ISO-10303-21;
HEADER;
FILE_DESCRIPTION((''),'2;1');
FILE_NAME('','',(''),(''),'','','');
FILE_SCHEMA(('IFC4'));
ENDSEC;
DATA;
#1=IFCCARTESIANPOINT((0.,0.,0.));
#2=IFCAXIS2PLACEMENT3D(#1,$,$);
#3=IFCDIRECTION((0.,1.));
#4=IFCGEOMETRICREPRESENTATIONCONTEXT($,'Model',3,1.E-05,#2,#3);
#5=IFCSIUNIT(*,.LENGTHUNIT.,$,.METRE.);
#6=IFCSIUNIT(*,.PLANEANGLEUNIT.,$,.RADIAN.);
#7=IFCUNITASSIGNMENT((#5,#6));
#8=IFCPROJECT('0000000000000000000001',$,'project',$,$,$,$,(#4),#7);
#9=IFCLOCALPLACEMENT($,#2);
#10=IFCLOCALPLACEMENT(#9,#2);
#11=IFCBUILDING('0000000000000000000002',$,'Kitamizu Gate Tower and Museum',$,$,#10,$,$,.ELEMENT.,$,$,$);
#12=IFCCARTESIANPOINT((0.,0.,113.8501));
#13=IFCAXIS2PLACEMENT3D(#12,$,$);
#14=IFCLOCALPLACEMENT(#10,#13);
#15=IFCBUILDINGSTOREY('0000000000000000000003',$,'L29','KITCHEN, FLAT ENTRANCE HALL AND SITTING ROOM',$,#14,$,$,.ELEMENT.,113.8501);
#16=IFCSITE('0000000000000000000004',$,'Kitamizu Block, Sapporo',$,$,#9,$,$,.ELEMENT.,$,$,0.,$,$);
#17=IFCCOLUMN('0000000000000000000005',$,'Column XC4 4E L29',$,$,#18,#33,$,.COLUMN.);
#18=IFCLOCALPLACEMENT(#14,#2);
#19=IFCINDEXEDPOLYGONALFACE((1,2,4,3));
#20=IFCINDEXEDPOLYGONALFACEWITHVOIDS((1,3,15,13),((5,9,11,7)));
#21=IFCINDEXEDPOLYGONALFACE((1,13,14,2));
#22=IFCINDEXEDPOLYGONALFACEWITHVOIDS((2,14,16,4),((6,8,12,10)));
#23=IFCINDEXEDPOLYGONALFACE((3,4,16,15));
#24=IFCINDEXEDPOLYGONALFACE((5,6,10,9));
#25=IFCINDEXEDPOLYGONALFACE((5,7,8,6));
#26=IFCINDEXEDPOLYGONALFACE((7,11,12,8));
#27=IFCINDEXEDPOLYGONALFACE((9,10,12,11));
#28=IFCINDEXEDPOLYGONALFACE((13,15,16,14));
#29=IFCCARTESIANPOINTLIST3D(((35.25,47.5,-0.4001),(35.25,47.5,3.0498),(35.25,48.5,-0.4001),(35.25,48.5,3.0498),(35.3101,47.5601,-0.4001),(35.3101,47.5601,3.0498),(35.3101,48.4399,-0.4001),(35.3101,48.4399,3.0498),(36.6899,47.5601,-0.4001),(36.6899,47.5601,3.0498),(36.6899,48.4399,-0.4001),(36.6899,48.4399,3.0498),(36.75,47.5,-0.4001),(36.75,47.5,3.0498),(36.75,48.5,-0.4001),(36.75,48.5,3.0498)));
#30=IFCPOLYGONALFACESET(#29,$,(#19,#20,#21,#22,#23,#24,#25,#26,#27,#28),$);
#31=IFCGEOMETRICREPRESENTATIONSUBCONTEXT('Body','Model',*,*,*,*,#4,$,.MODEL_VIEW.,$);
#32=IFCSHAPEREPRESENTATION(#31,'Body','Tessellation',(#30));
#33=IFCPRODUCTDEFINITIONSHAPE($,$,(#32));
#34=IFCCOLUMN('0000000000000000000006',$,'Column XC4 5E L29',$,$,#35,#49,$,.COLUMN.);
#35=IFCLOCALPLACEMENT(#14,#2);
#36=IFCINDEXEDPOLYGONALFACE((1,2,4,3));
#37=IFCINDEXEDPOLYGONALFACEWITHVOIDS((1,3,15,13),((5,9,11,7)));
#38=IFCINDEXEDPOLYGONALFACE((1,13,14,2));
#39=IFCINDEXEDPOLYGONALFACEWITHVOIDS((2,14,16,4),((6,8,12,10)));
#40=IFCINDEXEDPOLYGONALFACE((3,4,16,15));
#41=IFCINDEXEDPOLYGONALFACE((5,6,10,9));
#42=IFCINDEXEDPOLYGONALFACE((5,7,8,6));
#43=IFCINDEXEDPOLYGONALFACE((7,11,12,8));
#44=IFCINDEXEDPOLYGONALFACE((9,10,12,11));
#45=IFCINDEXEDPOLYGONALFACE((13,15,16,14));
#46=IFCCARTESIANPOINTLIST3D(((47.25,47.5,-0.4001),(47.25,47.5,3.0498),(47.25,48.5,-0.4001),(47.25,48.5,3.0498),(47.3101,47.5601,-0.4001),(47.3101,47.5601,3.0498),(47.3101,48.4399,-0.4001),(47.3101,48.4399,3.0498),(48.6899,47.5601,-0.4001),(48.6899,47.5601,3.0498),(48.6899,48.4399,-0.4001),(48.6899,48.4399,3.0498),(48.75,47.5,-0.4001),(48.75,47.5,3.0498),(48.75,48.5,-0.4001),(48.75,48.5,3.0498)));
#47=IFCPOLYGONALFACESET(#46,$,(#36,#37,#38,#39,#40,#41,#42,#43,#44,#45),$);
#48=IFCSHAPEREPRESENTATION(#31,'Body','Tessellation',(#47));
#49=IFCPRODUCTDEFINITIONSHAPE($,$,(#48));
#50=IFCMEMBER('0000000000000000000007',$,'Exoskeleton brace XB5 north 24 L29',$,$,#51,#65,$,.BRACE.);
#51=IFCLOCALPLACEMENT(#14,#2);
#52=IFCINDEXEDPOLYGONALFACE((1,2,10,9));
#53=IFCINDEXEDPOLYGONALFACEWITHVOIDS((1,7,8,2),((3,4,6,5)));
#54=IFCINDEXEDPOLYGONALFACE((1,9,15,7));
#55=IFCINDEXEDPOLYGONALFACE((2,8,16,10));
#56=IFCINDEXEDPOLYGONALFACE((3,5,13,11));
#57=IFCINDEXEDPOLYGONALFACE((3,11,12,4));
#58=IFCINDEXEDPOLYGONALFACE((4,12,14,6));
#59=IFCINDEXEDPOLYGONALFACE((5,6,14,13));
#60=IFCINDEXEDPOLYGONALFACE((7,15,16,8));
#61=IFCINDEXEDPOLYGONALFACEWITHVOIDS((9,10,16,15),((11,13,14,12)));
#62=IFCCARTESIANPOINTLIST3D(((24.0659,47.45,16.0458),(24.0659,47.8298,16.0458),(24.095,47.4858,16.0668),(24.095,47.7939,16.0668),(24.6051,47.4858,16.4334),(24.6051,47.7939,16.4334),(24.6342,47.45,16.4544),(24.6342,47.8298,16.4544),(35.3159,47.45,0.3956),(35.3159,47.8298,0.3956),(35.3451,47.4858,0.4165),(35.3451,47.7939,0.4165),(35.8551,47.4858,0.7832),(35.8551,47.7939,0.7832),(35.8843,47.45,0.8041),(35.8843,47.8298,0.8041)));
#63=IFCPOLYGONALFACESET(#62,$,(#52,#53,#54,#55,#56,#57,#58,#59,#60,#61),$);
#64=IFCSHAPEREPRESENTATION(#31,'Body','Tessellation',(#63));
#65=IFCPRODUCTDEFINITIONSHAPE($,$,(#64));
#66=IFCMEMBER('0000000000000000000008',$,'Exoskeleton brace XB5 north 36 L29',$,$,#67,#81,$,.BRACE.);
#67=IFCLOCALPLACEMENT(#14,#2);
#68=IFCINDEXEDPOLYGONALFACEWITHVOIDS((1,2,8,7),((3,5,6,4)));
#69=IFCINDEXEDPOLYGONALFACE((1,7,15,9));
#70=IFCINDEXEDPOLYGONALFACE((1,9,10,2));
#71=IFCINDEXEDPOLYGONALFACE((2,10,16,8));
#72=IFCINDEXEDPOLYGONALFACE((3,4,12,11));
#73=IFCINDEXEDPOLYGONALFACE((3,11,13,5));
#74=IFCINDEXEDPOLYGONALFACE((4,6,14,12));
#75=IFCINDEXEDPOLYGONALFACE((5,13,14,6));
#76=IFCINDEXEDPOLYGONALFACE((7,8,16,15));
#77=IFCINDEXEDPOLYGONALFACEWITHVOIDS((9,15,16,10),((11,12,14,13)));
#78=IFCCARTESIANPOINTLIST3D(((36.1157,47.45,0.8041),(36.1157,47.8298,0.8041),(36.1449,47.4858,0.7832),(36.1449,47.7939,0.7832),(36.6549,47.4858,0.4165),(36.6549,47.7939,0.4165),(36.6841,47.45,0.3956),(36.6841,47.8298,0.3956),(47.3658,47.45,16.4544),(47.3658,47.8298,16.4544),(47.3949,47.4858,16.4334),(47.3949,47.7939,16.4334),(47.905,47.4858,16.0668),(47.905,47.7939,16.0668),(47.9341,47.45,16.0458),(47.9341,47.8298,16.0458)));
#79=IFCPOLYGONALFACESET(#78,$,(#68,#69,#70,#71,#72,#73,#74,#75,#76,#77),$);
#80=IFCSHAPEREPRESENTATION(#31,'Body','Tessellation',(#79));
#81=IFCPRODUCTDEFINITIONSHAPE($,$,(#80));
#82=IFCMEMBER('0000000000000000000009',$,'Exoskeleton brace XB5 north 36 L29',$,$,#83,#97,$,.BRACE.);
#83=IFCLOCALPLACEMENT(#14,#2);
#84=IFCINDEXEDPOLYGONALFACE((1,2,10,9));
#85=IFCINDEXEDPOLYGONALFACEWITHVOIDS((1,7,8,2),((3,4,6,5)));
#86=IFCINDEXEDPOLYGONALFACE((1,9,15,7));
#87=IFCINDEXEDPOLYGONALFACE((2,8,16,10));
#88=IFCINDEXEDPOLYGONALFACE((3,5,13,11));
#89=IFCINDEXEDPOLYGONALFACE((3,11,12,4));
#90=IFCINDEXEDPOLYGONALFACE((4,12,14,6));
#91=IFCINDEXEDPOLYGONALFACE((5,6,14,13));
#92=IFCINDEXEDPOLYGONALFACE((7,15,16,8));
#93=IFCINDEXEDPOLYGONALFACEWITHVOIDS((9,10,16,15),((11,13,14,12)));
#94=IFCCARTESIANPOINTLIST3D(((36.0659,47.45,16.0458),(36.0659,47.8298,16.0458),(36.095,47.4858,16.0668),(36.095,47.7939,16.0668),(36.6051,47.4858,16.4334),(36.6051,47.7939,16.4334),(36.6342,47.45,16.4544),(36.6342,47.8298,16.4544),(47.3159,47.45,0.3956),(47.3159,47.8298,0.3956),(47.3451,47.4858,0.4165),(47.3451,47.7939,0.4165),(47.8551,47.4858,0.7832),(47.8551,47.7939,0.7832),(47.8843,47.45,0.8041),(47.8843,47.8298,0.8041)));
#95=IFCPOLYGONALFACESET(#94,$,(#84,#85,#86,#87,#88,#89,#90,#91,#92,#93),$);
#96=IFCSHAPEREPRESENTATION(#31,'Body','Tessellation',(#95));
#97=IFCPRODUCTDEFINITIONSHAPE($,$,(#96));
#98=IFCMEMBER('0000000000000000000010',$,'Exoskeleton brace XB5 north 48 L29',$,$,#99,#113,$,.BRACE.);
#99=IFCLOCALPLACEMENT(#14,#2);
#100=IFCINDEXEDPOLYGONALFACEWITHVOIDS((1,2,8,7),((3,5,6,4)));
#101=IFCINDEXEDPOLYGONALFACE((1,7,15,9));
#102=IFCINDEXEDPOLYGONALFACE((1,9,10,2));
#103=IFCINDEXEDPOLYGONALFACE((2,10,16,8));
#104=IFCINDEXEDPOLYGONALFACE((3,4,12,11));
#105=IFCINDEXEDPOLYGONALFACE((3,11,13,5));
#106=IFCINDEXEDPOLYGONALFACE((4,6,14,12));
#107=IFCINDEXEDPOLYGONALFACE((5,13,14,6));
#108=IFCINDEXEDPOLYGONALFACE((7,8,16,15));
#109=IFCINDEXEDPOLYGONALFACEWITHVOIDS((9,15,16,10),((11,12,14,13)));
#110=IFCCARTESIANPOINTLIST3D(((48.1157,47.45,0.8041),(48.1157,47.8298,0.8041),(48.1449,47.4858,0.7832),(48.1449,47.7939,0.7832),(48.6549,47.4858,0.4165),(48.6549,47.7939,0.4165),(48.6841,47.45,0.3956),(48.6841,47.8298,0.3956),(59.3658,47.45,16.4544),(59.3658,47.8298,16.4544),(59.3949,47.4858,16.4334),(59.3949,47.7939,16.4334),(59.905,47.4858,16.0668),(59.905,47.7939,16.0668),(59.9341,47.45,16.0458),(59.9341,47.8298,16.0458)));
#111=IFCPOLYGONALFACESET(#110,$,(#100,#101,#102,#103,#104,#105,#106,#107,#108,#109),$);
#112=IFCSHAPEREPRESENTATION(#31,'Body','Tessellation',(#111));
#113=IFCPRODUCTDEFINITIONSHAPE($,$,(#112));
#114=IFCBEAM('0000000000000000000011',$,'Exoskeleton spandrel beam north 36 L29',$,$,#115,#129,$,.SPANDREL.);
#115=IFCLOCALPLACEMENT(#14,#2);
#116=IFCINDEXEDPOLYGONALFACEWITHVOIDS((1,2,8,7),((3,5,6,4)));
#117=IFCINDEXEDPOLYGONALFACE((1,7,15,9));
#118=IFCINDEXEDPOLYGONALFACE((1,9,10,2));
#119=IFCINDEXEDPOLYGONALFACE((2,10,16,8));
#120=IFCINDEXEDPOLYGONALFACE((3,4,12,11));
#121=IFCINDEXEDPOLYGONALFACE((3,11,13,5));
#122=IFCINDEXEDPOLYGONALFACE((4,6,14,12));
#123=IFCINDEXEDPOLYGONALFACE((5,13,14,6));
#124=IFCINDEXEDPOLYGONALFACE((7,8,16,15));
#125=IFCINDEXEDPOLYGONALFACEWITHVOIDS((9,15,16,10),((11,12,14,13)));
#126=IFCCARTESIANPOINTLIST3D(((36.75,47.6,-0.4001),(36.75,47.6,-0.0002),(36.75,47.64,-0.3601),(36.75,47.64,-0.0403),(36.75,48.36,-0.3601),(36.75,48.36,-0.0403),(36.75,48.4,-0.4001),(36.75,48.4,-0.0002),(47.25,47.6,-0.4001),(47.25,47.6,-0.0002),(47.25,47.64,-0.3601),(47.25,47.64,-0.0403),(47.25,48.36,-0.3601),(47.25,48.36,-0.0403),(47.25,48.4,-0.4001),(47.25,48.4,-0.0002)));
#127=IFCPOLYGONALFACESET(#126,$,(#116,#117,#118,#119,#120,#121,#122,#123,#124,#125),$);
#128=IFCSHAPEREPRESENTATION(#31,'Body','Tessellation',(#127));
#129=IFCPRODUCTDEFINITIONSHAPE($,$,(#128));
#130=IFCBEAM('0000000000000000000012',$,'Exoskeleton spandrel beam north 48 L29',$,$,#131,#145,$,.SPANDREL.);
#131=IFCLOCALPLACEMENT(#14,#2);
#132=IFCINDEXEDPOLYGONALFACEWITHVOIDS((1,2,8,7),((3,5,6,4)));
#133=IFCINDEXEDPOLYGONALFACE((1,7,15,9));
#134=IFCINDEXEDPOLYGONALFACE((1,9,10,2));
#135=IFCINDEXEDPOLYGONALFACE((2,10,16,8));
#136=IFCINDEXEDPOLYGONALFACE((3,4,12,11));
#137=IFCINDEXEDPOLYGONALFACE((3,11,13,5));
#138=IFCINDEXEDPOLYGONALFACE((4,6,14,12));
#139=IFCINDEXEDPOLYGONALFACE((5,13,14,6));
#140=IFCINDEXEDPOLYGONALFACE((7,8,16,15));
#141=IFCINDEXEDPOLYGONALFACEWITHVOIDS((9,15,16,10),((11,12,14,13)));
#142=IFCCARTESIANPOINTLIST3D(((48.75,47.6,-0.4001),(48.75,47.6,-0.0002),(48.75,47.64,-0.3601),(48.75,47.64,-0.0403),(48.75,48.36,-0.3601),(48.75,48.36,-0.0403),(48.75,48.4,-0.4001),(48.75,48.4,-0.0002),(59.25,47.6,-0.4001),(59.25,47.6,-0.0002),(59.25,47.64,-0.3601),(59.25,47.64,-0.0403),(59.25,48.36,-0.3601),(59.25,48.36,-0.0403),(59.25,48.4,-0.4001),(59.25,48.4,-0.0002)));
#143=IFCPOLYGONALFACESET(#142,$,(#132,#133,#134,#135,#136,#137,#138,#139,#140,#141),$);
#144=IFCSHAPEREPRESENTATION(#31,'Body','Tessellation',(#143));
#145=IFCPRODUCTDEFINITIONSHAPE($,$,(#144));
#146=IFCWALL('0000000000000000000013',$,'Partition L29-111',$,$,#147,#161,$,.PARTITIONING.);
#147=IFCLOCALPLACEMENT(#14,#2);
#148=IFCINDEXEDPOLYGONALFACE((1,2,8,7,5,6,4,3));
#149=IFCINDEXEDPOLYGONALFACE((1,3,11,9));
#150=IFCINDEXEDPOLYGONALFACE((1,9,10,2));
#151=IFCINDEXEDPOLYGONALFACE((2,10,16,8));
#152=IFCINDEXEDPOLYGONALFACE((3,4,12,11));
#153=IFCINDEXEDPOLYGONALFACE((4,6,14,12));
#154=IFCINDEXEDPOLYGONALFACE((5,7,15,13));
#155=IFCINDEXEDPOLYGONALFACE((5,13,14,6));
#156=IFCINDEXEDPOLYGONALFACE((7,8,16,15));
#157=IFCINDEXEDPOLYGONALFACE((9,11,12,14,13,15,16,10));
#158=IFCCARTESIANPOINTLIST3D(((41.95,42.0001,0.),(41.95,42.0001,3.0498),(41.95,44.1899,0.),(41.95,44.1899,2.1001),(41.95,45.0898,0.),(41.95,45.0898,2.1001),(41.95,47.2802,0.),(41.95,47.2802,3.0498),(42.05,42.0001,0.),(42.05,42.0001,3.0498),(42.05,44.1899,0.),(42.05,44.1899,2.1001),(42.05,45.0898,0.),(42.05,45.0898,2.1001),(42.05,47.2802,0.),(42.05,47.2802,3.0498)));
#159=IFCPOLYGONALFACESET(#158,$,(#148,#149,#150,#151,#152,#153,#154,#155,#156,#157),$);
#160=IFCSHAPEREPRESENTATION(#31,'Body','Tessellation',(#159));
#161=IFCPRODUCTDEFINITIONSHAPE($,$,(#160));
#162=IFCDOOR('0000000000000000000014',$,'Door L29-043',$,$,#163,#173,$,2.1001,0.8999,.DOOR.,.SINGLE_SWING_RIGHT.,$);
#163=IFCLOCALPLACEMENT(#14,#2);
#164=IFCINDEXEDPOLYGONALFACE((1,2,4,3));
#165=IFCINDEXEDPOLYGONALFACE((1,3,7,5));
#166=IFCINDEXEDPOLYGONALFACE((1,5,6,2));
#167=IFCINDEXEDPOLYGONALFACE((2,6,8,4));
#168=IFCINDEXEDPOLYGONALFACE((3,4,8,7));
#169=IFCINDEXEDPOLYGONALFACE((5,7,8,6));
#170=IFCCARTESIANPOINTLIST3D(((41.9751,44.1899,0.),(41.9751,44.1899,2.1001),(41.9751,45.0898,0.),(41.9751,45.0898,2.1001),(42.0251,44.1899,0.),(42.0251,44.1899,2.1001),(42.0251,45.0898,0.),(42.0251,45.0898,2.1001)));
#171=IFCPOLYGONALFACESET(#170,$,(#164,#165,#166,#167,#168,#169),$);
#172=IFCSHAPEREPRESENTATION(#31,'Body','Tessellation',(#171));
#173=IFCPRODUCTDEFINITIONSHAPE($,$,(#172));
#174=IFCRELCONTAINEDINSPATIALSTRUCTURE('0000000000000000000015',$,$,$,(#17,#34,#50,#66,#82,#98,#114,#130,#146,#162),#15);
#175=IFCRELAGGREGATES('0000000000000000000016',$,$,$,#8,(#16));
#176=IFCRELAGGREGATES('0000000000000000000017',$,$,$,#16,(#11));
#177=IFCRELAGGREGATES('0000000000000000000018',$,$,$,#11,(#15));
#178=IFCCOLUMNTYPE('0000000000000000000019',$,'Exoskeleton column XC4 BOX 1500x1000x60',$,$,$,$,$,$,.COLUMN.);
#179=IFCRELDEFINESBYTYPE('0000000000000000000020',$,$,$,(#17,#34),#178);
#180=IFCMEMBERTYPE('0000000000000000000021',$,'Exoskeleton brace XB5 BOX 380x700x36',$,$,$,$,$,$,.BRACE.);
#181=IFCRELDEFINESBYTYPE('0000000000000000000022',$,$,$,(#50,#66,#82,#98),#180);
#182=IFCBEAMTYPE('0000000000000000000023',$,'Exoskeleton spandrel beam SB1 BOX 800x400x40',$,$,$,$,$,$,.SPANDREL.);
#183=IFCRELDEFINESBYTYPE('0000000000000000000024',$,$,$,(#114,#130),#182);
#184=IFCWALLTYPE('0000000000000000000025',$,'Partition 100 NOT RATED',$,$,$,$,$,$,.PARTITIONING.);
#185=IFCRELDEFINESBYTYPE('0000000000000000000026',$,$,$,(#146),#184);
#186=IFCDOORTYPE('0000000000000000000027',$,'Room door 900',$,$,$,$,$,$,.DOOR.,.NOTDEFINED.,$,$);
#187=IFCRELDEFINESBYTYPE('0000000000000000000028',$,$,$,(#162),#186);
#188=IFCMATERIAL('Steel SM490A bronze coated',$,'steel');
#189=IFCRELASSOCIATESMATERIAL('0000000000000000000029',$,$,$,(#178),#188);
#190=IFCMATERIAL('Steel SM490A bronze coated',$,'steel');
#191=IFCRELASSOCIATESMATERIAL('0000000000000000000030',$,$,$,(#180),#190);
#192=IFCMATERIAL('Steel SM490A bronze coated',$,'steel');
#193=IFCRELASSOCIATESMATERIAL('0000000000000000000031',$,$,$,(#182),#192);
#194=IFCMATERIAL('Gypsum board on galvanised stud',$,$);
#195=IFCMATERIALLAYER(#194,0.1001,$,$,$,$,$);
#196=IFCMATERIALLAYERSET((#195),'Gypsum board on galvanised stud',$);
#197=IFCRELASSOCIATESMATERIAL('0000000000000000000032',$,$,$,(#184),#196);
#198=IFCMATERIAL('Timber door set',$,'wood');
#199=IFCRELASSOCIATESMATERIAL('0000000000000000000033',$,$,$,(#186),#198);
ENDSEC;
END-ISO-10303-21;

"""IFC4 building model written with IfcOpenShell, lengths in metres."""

from ifc_helpers import new_model, si_unit, direction, frame, frame_2d, origin, origin_2d, place, context, subcontext, project, spatial, rectangle, hollow_rectangle, extrude, material, layer, layer_set, material_profile, profile_set, type_object, element, fill, save


model = new_model("IFC4")

# Units and contexts
model_context = context("Model", 3, precision=1e-05, world=origin(), true_north=direction((0.0, 1.0)))
body_context = subcontext(model_context, "Body", "Model", "MODEL_VIEW")
ifc_project = project(units=[si_unit("LENGTHUNIT", "METRE"), si_unit("PLANEANGLEUNIT", "RADIAN")], contexts=[model_context])

# Site, building, storey
site_placement = place(None, origin())
site = spatial("IfcSite", under=ifc_project, at=site_placement, Name="Kitamizu Block, Sapporo", CompositionType="ELEMENT", RefElevation=0.0)
building_placement = place(site_placement, origin())
building = spatial("IfcBuilding", under=site, at=building_placement, Name="Kitamizu Gate Tower and Museum", CompositionType="ELEMENT")
storey_placement = place(building_placement, frame((0.0, 0.0, 113.8501)))
storey = spatial("IfcBuildingStorey", under=building, at=storey_placement, Name="L29", Description="KITCHEN, FLAT ENTRANCE HALL AND SITTING ROOM", CompositionType="ELEMENT", Elevation=113.8501)

# Columns
ifc_material_1 = material(Name="Steel SM490A bronze coated", Category="steel")
ifc_material_profile_1 = material_profile(ifc_material_1, hollow_rectangle(XDim=1.5, YDim=1.0, WallThickness=0.0601, at=origin_2d()), Name="BOX 1500x1000x60")
ifc_profile_set_1 = profile_set([ifc_material_profile_1], Name="Steel SM490A bronze coated")
column_type = type_object("IfcColumnType", Name="Exoskeleton column XC4 BOX 1500x1000x60", PredefinedType="COLUMN", material=ifc_profile_set_1)
for number, where, z_axis, x_axis, name in (
    (1, (36.0, 48.0, -0.4001), (0.0, 0.0, 1.0), (1.0, 0.0, 0.0), "Column XC4 4E L29"),
    (2, (48.0, 48.0, -0.4001), (0.0, 0.0, 1.0), (1.0, 0.0, 0.0), "Column XC4 5E L29"),
):
    element("IfcColumn", number, at=place(storey_placement, frame(where, z_axis=z_axis, x_axis=x_axis)), inside=storey, type_object=column_type, Name=name, PredefinedType="COLUMN", context=body_context, shape_type="SweptSolid", body=[
        extrude(hollow_rectangle(XDim=1.5, YDim=1.0, WallThickness=0.0601, at=origin_2d()), origin(), (0.0, 0.0, 1.0), 3.45),
    ])

# Members
ifc_material_2 = material(Name="Steel SM490A bronze coated", Category="steel")
ifc_material_profile_2 = material_profile(ifc_material_2, hollow_rectangle(XDim=0.3799, YDim=0.7, WallThickness=0.0359, at=origin_2d()), Name="BOX 380x700x36")
ifc_profile_set_2 = profile_set([ifc_material_profile_2], Name="Steel SM490A bronze coated")
member_type = type_object("IfcMemberType", Name="Exoskeleton brace XB5 BOX 380x700x36", PredefinedType="BRACE", material=ifc_profile_set_2)
for number, where, z_axis, x_axis, name in (
    (3, (35.6001, 47.6399, 0.5999), (-0.583686, 0.0, 0.81198), (0.0, -1.0, 0.0), "Exoskeleton brace XB5 north 24 L29"),
    (4, (36.3999, 47.6399, 0.5999), (0.583686, 0.0, 0.81198), (0.0, 1.0, 0.0), "Exoskeleton brace XB5 north 36 L29"),
    (5, (47.6001, 47.6399, 0.5999), (-0.583686, 0.0, 0.81198), (0.0, -1.0, 0.0), "Exoskeleton brace XB5 north 36 L29"),
    (6, (48.3999, 47.6399, 0.5999), (0.583686, 0.0, 0.81198), (0.0, 1.0, 0.0), "Exoskeleton brace XB5 north 48 L29"),
):
    element("IfcMember", number, at=place(storey_placement, frame(where, z_axis=z_axis, x_axis=x_axis)), inside=storey, type_object=member_type, Name=name, PredefinedType="BRACE", context=body_context, shape_type="SweptSolid", body=[
        extrude(hollow_rectangle(XDim=0.3799, YDim=0.7, WallThickness=0.0359, at=origin_2d()), origin(), (0.0, 0.0, 1.0), 19.2742),
    ])

# Beams
ifc_material_3 = material(Name="Steel SM490A bronze coated", Category="steel")
ifc_material_profile_3 = material_profile(ifc_material_3, hollow_rectangle(XDim=0.8, YDim=0.3999, WallThickness=0.04, at=origin_2d()), Name="BOX 800x400x40")
ifc_profile_set_3 = profile_set([ifc_material_profile_3], Name="Steel SM490A bronze coated")
beam_type = type_object("IfcBeamType", Name="Exoskeleton spandrel beam SB1 BOX 800x400x40", PredefinedType="SPANDREL", material=ifc_profile_set_3)
for number, where, z_axis, x_axis, name in (
    (7, (36.75, 48.0, -0.2002), (1.0, 0.0, 0.0), (0.0, 1.0, 0.0), "Exoskeleton spandrel beam north 36 L29"),
    (8, (48.75, 48.0, -0.2002), (1.0, 0.0, 0.0), (0.0, 1.0, 0.0), "Exoskeleton spandrel beam north 48 L29"),
):
    element("IfcBeam", number, at=place(storey_placement, frame(where, z_axis=z_axis, x_axis=x_axis)), inside=storey, type_object=beam_type, Name=name, PredefinedType="SPANDREL", context=body_context, shape_type="SweptSolid", body=[
        extrude(hollow_rectangle(XDim=0.8, YDim=0.3999, WallThickness=0.04, at=origin_2d()), origin(), (0.0, 0.0, 1.0), 10.5),
    ])

# Wall, opening, door
ifc_material_4 = material(Name="Gypsum board on galvanised stud")
ifc_layer_1 = layer(ifc_material_4, 0.1001)
ifc_layer_set_1 = layer_set([ifc_layer_1], Name="Gypsum board on galvanised stud")
wall_type_1 = type_object("IfcWallType", Name="Partition 100 NOT RATED", PredefinedType="PARTITIONING", material=ifc_layer_set_1)
wall_1_placement = place(storey_placement, frame((42.0, 42.0, 0.0), z_axis=(0.0, 0.0, 1.0), x_axis=(0.0, 1.0, 0.0)))
wall_1 = element("IfcWall", 9, at=wall_1_placement, inside=storey, type_object=wall_type_1, Name="Partition L29-111", PredefinedType="PARTITIONING", context=body_context, shape_type="SweptSolid", body=[
    extrude(rectangle(XDim=5.28, YDim=0.1001, at=frame_2d((2.6401, 0.0))), origin(), (0.0, 0.0, 1.0), 3.0498),
])
opening_1_placement = place(wall_1_placement, frame((2.1899, 0.0, 0.0)))
opening_1 = element("IfcOpeningElement", 10, at=opening_1_placement, cuts=wall_1, PredefinedType="OPENING", context=body_context, shape_type="SweptSolid", body=[
    extrude(rectangle(XDim=0.8999, YDim=2.1001, at=frame_2d((0.45, 1.05))), frame((0.0, 0.0601, 0.0), z_axis=(0.0, -1.0, 0.0), x_axis=(1.0, 0.0, 0.0)), (0.0, 0.0, 1.0), 0.1201),
])
ifc_material_5 = material(Name="Timber door set", Category="wood")
door_type_1 = type_object("IfcDoorType", Name="Room door 900", OperationType="NOTDEFINED", PredefinedType="DOOR", material=ifc_material_5)
door_1_placement = place(opening_1_placement, origin())
door_1 = element("IfcDoor", 11, at=door_1_placement, inside=storey, type_object=door_type_1, Name="Door L29-043", OperationType="SINGLE_SWING_RIGHT", OverallHeight=2.1001, OverallWidth=0.8999, PredefinedType="DOOR", context=body_context, shape_type="SweptSolid", body=[
    extrude(rectangle(XDim=0.8999, YDim=2.1001, at=frame_2d((0.45, 1.05))), frame((0.0, 0.0249, 0.0), z_axis=(0.0, -1.0, 0.0), x_axis=(1.0, 0.0, 0.0)), (0.0, 0.0, 1.0), 0.05),
])
fill(opening_1, door_1)

save(model, "model.ifc")
